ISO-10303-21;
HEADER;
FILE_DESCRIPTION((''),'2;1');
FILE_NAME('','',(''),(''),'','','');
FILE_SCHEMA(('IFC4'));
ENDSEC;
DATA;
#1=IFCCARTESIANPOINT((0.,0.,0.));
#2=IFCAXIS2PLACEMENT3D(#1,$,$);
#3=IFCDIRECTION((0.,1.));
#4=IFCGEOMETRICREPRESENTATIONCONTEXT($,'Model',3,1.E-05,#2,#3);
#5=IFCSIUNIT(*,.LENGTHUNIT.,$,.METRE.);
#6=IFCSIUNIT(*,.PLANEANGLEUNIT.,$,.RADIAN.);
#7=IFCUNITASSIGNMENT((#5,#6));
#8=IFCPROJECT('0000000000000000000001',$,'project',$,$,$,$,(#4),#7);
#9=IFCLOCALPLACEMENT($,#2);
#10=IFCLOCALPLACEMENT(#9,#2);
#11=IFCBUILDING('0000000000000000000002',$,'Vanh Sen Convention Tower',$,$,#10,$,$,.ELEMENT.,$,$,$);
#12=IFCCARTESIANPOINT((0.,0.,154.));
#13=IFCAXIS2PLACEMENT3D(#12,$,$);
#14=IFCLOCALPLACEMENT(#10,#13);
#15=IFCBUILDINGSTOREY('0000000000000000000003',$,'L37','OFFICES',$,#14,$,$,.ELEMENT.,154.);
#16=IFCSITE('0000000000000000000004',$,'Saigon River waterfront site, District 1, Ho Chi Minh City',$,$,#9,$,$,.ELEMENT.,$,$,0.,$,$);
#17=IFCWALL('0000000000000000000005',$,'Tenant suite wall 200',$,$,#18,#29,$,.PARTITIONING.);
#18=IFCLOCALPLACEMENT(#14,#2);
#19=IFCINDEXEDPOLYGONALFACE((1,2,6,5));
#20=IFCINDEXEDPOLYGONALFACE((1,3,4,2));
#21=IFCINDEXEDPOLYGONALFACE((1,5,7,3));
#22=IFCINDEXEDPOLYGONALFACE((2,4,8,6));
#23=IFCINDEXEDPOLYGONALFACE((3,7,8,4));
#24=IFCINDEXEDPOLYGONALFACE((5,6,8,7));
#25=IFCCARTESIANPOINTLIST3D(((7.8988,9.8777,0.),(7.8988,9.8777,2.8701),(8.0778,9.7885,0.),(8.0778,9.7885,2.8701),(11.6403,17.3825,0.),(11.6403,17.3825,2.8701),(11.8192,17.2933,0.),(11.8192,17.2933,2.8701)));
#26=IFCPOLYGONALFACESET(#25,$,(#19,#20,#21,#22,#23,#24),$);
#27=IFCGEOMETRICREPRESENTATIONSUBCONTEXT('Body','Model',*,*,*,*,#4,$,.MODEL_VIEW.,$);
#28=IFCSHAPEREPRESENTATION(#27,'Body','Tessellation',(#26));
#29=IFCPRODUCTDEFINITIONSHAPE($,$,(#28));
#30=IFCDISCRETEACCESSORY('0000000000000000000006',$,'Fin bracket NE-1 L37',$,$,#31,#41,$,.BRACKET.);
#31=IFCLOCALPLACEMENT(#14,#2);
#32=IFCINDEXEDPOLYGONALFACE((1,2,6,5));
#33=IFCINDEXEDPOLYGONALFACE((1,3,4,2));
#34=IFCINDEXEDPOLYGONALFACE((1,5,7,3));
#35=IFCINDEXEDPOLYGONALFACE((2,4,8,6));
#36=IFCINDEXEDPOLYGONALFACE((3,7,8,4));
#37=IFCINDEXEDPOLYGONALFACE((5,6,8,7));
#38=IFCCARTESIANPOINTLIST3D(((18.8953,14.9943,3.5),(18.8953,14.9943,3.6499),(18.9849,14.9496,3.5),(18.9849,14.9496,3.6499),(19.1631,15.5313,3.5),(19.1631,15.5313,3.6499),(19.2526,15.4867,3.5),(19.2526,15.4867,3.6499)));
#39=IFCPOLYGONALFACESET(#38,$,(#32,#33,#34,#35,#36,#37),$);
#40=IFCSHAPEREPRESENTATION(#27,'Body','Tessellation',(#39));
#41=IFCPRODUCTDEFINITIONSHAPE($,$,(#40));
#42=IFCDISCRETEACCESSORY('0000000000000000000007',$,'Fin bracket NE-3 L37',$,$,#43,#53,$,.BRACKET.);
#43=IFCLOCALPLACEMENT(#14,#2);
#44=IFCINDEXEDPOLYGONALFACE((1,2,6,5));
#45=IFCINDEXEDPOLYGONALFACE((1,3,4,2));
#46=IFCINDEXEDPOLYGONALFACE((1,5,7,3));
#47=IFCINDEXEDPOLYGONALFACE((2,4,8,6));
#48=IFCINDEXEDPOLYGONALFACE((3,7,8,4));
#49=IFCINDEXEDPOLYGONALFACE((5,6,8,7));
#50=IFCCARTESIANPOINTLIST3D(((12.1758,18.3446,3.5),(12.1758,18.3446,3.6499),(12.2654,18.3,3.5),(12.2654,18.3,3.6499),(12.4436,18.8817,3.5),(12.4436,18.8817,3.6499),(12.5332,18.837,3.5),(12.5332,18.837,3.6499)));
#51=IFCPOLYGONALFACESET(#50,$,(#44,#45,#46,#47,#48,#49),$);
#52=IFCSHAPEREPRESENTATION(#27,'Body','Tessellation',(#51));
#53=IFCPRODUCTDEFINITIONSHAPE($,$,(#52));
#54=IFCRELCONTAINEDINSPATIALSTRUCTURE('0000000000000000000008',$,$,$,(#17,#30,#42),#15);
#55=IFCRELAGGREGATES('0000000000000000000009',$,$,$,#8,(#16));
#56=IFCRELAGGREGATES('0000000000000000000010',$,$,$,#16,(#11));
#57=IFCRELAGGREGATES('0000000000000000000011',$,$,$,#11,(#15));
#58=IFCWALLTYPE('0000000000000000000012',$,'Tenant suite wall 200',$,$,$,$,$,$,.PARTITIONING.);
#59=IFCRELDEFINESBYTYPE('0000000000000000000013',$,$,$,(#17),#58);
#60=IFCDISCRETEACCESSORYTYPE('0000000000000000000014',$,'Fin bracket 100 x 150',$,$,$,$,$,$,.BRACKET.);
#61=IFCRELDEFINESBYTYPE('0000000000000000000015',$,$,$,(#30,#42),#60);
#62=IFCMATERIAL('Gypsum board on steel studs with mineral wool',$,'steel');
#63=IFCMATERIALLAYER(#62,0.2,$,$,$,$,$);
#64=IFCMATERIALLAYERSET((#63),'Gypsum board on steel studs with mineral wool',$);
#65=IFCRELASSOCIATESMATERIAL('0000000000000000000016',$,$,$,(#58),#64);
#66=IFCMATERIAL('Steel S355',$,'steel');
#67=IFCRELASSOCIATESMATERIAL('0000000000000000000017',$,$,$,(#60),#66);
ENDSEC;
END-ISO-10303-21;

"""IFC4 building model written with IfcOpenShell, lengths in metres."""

from ifc_helpers import new_model, si_unit, direction, frame, frame_2d, origin, origin_2d, place, context, subcontext, project, spatial, rectangle, extrude, material, layer, layer_set, type_object, element, save


model = new_model("IFC4")

# Units and contexts
model_context = context("Model", 3, precision=1e-05, world=origin(), true_north=direction((0.0, 1.0)))
body_context = subcontext(model_context, "Body", "Model", "MODEL_VIEW")
ifc_project = project(units=[si_unit("LENGTHUNIT", "METRE"), si_unit("PLANEANGLEUNIT", "RADIAN")], contexts=[model_context])

# Site, building, storey
site_placement = place(None, origin())
site = spatial("IfcSite", under=ifc_project, at=site_placement, Name="Saigon River waterfront site, District 1, Ho Chi Minh City", CompositionType="ELEMENT", RefElevation=0.0)
building_placement = place(site_placement, origin())
building = spatial("IfcBuilding", under=site, at=building_placement, Name="Vanh Sen Convention Tower", CompositionType="ELEMENT")
storey_placement = place(building_placement, frame((0.0, 0.0, 154.0)))
storey = spatial("IfcBuildingStorey", under=building, at=storey_placement, Name="L37", Description="OFFICES", CompositionType="ELEMENT", Elevation=154.0)

# Wall
ifc_material_1 = material(Name="Gypsum board on steel studs with mineral wool", Category="steel")
ifc_layer_1 = layer(ifc_material_1, 0.2)
ifc_layer_set_1 = layer_set([ifc_layer_1], Name="Gypsum board on steel studs with mineral wool")
wall_type_1 = type_object("IfcWallType", Name="Tenant suite wall 200", PredefinedType="PARTITIONING", material=ifc_layer_set_1)
wall_1_placement = place(storey_placement, frame((11.7297, 17.3379, 0.0), z_axis=(0.0, 0.0, 1.0), x_axis=(-0.446165, -0.894951, 0.0)))
element("IfcWall", 1, at=wall_1_placement, inside=storey, type_object=wall_type_1, Name="Tenant suite wall 200", PredefinedType="PARTITIONING", context=body_context, shape_type="SweptSolid", body=[
    extrude(rectangle(XDim=8.3857, YDim=0.2, at=frame_2d((4.1929, 0.0))), origin(), (0.0, 0.0, 1.0), 2.8701),
])

# Discrete accessories
ifc_material_2 = material(Name="Steel S355", Category="steel")
discrete_accessory_type = type_object("IfcDiscreteAccessoryType", Name="Fin bracket 100 x 150", PredefinedType="BRACKET", material=ifc_material_2)
for number, where, z_axis, x_axis, name in (
    (2, (19.074, 15.2405, 3.5), (0.0, 0.0, 1.0), (0.446198, 0.894934, 0.0), "Fin bracket NE-1 L37"),
    (3, (12.3545, 18.5908, 3.5), (0.0, 0.0, 1.0), (0.446198, 0.894934, 0.0), "Fin bracket NE-3 L37"),
):
    element("IfcDiscreteAccessory", number, at=place(storey_placement, frame(where, z_axis=z_axis, x_axis=x_axis)), inside=storey, type_object=discrete_accessory_type, Name=name, PredefinedType="BRACKET", context=body_context, shape_type="SweptSolid", body=[
        extrude(rectangle(XDim=0.6001, YDim=0.1001, at=origin_2d()), origin(), (0.0, 0.0, 1.0), 0.1499),
    ])

save(model, "model.ifc")
